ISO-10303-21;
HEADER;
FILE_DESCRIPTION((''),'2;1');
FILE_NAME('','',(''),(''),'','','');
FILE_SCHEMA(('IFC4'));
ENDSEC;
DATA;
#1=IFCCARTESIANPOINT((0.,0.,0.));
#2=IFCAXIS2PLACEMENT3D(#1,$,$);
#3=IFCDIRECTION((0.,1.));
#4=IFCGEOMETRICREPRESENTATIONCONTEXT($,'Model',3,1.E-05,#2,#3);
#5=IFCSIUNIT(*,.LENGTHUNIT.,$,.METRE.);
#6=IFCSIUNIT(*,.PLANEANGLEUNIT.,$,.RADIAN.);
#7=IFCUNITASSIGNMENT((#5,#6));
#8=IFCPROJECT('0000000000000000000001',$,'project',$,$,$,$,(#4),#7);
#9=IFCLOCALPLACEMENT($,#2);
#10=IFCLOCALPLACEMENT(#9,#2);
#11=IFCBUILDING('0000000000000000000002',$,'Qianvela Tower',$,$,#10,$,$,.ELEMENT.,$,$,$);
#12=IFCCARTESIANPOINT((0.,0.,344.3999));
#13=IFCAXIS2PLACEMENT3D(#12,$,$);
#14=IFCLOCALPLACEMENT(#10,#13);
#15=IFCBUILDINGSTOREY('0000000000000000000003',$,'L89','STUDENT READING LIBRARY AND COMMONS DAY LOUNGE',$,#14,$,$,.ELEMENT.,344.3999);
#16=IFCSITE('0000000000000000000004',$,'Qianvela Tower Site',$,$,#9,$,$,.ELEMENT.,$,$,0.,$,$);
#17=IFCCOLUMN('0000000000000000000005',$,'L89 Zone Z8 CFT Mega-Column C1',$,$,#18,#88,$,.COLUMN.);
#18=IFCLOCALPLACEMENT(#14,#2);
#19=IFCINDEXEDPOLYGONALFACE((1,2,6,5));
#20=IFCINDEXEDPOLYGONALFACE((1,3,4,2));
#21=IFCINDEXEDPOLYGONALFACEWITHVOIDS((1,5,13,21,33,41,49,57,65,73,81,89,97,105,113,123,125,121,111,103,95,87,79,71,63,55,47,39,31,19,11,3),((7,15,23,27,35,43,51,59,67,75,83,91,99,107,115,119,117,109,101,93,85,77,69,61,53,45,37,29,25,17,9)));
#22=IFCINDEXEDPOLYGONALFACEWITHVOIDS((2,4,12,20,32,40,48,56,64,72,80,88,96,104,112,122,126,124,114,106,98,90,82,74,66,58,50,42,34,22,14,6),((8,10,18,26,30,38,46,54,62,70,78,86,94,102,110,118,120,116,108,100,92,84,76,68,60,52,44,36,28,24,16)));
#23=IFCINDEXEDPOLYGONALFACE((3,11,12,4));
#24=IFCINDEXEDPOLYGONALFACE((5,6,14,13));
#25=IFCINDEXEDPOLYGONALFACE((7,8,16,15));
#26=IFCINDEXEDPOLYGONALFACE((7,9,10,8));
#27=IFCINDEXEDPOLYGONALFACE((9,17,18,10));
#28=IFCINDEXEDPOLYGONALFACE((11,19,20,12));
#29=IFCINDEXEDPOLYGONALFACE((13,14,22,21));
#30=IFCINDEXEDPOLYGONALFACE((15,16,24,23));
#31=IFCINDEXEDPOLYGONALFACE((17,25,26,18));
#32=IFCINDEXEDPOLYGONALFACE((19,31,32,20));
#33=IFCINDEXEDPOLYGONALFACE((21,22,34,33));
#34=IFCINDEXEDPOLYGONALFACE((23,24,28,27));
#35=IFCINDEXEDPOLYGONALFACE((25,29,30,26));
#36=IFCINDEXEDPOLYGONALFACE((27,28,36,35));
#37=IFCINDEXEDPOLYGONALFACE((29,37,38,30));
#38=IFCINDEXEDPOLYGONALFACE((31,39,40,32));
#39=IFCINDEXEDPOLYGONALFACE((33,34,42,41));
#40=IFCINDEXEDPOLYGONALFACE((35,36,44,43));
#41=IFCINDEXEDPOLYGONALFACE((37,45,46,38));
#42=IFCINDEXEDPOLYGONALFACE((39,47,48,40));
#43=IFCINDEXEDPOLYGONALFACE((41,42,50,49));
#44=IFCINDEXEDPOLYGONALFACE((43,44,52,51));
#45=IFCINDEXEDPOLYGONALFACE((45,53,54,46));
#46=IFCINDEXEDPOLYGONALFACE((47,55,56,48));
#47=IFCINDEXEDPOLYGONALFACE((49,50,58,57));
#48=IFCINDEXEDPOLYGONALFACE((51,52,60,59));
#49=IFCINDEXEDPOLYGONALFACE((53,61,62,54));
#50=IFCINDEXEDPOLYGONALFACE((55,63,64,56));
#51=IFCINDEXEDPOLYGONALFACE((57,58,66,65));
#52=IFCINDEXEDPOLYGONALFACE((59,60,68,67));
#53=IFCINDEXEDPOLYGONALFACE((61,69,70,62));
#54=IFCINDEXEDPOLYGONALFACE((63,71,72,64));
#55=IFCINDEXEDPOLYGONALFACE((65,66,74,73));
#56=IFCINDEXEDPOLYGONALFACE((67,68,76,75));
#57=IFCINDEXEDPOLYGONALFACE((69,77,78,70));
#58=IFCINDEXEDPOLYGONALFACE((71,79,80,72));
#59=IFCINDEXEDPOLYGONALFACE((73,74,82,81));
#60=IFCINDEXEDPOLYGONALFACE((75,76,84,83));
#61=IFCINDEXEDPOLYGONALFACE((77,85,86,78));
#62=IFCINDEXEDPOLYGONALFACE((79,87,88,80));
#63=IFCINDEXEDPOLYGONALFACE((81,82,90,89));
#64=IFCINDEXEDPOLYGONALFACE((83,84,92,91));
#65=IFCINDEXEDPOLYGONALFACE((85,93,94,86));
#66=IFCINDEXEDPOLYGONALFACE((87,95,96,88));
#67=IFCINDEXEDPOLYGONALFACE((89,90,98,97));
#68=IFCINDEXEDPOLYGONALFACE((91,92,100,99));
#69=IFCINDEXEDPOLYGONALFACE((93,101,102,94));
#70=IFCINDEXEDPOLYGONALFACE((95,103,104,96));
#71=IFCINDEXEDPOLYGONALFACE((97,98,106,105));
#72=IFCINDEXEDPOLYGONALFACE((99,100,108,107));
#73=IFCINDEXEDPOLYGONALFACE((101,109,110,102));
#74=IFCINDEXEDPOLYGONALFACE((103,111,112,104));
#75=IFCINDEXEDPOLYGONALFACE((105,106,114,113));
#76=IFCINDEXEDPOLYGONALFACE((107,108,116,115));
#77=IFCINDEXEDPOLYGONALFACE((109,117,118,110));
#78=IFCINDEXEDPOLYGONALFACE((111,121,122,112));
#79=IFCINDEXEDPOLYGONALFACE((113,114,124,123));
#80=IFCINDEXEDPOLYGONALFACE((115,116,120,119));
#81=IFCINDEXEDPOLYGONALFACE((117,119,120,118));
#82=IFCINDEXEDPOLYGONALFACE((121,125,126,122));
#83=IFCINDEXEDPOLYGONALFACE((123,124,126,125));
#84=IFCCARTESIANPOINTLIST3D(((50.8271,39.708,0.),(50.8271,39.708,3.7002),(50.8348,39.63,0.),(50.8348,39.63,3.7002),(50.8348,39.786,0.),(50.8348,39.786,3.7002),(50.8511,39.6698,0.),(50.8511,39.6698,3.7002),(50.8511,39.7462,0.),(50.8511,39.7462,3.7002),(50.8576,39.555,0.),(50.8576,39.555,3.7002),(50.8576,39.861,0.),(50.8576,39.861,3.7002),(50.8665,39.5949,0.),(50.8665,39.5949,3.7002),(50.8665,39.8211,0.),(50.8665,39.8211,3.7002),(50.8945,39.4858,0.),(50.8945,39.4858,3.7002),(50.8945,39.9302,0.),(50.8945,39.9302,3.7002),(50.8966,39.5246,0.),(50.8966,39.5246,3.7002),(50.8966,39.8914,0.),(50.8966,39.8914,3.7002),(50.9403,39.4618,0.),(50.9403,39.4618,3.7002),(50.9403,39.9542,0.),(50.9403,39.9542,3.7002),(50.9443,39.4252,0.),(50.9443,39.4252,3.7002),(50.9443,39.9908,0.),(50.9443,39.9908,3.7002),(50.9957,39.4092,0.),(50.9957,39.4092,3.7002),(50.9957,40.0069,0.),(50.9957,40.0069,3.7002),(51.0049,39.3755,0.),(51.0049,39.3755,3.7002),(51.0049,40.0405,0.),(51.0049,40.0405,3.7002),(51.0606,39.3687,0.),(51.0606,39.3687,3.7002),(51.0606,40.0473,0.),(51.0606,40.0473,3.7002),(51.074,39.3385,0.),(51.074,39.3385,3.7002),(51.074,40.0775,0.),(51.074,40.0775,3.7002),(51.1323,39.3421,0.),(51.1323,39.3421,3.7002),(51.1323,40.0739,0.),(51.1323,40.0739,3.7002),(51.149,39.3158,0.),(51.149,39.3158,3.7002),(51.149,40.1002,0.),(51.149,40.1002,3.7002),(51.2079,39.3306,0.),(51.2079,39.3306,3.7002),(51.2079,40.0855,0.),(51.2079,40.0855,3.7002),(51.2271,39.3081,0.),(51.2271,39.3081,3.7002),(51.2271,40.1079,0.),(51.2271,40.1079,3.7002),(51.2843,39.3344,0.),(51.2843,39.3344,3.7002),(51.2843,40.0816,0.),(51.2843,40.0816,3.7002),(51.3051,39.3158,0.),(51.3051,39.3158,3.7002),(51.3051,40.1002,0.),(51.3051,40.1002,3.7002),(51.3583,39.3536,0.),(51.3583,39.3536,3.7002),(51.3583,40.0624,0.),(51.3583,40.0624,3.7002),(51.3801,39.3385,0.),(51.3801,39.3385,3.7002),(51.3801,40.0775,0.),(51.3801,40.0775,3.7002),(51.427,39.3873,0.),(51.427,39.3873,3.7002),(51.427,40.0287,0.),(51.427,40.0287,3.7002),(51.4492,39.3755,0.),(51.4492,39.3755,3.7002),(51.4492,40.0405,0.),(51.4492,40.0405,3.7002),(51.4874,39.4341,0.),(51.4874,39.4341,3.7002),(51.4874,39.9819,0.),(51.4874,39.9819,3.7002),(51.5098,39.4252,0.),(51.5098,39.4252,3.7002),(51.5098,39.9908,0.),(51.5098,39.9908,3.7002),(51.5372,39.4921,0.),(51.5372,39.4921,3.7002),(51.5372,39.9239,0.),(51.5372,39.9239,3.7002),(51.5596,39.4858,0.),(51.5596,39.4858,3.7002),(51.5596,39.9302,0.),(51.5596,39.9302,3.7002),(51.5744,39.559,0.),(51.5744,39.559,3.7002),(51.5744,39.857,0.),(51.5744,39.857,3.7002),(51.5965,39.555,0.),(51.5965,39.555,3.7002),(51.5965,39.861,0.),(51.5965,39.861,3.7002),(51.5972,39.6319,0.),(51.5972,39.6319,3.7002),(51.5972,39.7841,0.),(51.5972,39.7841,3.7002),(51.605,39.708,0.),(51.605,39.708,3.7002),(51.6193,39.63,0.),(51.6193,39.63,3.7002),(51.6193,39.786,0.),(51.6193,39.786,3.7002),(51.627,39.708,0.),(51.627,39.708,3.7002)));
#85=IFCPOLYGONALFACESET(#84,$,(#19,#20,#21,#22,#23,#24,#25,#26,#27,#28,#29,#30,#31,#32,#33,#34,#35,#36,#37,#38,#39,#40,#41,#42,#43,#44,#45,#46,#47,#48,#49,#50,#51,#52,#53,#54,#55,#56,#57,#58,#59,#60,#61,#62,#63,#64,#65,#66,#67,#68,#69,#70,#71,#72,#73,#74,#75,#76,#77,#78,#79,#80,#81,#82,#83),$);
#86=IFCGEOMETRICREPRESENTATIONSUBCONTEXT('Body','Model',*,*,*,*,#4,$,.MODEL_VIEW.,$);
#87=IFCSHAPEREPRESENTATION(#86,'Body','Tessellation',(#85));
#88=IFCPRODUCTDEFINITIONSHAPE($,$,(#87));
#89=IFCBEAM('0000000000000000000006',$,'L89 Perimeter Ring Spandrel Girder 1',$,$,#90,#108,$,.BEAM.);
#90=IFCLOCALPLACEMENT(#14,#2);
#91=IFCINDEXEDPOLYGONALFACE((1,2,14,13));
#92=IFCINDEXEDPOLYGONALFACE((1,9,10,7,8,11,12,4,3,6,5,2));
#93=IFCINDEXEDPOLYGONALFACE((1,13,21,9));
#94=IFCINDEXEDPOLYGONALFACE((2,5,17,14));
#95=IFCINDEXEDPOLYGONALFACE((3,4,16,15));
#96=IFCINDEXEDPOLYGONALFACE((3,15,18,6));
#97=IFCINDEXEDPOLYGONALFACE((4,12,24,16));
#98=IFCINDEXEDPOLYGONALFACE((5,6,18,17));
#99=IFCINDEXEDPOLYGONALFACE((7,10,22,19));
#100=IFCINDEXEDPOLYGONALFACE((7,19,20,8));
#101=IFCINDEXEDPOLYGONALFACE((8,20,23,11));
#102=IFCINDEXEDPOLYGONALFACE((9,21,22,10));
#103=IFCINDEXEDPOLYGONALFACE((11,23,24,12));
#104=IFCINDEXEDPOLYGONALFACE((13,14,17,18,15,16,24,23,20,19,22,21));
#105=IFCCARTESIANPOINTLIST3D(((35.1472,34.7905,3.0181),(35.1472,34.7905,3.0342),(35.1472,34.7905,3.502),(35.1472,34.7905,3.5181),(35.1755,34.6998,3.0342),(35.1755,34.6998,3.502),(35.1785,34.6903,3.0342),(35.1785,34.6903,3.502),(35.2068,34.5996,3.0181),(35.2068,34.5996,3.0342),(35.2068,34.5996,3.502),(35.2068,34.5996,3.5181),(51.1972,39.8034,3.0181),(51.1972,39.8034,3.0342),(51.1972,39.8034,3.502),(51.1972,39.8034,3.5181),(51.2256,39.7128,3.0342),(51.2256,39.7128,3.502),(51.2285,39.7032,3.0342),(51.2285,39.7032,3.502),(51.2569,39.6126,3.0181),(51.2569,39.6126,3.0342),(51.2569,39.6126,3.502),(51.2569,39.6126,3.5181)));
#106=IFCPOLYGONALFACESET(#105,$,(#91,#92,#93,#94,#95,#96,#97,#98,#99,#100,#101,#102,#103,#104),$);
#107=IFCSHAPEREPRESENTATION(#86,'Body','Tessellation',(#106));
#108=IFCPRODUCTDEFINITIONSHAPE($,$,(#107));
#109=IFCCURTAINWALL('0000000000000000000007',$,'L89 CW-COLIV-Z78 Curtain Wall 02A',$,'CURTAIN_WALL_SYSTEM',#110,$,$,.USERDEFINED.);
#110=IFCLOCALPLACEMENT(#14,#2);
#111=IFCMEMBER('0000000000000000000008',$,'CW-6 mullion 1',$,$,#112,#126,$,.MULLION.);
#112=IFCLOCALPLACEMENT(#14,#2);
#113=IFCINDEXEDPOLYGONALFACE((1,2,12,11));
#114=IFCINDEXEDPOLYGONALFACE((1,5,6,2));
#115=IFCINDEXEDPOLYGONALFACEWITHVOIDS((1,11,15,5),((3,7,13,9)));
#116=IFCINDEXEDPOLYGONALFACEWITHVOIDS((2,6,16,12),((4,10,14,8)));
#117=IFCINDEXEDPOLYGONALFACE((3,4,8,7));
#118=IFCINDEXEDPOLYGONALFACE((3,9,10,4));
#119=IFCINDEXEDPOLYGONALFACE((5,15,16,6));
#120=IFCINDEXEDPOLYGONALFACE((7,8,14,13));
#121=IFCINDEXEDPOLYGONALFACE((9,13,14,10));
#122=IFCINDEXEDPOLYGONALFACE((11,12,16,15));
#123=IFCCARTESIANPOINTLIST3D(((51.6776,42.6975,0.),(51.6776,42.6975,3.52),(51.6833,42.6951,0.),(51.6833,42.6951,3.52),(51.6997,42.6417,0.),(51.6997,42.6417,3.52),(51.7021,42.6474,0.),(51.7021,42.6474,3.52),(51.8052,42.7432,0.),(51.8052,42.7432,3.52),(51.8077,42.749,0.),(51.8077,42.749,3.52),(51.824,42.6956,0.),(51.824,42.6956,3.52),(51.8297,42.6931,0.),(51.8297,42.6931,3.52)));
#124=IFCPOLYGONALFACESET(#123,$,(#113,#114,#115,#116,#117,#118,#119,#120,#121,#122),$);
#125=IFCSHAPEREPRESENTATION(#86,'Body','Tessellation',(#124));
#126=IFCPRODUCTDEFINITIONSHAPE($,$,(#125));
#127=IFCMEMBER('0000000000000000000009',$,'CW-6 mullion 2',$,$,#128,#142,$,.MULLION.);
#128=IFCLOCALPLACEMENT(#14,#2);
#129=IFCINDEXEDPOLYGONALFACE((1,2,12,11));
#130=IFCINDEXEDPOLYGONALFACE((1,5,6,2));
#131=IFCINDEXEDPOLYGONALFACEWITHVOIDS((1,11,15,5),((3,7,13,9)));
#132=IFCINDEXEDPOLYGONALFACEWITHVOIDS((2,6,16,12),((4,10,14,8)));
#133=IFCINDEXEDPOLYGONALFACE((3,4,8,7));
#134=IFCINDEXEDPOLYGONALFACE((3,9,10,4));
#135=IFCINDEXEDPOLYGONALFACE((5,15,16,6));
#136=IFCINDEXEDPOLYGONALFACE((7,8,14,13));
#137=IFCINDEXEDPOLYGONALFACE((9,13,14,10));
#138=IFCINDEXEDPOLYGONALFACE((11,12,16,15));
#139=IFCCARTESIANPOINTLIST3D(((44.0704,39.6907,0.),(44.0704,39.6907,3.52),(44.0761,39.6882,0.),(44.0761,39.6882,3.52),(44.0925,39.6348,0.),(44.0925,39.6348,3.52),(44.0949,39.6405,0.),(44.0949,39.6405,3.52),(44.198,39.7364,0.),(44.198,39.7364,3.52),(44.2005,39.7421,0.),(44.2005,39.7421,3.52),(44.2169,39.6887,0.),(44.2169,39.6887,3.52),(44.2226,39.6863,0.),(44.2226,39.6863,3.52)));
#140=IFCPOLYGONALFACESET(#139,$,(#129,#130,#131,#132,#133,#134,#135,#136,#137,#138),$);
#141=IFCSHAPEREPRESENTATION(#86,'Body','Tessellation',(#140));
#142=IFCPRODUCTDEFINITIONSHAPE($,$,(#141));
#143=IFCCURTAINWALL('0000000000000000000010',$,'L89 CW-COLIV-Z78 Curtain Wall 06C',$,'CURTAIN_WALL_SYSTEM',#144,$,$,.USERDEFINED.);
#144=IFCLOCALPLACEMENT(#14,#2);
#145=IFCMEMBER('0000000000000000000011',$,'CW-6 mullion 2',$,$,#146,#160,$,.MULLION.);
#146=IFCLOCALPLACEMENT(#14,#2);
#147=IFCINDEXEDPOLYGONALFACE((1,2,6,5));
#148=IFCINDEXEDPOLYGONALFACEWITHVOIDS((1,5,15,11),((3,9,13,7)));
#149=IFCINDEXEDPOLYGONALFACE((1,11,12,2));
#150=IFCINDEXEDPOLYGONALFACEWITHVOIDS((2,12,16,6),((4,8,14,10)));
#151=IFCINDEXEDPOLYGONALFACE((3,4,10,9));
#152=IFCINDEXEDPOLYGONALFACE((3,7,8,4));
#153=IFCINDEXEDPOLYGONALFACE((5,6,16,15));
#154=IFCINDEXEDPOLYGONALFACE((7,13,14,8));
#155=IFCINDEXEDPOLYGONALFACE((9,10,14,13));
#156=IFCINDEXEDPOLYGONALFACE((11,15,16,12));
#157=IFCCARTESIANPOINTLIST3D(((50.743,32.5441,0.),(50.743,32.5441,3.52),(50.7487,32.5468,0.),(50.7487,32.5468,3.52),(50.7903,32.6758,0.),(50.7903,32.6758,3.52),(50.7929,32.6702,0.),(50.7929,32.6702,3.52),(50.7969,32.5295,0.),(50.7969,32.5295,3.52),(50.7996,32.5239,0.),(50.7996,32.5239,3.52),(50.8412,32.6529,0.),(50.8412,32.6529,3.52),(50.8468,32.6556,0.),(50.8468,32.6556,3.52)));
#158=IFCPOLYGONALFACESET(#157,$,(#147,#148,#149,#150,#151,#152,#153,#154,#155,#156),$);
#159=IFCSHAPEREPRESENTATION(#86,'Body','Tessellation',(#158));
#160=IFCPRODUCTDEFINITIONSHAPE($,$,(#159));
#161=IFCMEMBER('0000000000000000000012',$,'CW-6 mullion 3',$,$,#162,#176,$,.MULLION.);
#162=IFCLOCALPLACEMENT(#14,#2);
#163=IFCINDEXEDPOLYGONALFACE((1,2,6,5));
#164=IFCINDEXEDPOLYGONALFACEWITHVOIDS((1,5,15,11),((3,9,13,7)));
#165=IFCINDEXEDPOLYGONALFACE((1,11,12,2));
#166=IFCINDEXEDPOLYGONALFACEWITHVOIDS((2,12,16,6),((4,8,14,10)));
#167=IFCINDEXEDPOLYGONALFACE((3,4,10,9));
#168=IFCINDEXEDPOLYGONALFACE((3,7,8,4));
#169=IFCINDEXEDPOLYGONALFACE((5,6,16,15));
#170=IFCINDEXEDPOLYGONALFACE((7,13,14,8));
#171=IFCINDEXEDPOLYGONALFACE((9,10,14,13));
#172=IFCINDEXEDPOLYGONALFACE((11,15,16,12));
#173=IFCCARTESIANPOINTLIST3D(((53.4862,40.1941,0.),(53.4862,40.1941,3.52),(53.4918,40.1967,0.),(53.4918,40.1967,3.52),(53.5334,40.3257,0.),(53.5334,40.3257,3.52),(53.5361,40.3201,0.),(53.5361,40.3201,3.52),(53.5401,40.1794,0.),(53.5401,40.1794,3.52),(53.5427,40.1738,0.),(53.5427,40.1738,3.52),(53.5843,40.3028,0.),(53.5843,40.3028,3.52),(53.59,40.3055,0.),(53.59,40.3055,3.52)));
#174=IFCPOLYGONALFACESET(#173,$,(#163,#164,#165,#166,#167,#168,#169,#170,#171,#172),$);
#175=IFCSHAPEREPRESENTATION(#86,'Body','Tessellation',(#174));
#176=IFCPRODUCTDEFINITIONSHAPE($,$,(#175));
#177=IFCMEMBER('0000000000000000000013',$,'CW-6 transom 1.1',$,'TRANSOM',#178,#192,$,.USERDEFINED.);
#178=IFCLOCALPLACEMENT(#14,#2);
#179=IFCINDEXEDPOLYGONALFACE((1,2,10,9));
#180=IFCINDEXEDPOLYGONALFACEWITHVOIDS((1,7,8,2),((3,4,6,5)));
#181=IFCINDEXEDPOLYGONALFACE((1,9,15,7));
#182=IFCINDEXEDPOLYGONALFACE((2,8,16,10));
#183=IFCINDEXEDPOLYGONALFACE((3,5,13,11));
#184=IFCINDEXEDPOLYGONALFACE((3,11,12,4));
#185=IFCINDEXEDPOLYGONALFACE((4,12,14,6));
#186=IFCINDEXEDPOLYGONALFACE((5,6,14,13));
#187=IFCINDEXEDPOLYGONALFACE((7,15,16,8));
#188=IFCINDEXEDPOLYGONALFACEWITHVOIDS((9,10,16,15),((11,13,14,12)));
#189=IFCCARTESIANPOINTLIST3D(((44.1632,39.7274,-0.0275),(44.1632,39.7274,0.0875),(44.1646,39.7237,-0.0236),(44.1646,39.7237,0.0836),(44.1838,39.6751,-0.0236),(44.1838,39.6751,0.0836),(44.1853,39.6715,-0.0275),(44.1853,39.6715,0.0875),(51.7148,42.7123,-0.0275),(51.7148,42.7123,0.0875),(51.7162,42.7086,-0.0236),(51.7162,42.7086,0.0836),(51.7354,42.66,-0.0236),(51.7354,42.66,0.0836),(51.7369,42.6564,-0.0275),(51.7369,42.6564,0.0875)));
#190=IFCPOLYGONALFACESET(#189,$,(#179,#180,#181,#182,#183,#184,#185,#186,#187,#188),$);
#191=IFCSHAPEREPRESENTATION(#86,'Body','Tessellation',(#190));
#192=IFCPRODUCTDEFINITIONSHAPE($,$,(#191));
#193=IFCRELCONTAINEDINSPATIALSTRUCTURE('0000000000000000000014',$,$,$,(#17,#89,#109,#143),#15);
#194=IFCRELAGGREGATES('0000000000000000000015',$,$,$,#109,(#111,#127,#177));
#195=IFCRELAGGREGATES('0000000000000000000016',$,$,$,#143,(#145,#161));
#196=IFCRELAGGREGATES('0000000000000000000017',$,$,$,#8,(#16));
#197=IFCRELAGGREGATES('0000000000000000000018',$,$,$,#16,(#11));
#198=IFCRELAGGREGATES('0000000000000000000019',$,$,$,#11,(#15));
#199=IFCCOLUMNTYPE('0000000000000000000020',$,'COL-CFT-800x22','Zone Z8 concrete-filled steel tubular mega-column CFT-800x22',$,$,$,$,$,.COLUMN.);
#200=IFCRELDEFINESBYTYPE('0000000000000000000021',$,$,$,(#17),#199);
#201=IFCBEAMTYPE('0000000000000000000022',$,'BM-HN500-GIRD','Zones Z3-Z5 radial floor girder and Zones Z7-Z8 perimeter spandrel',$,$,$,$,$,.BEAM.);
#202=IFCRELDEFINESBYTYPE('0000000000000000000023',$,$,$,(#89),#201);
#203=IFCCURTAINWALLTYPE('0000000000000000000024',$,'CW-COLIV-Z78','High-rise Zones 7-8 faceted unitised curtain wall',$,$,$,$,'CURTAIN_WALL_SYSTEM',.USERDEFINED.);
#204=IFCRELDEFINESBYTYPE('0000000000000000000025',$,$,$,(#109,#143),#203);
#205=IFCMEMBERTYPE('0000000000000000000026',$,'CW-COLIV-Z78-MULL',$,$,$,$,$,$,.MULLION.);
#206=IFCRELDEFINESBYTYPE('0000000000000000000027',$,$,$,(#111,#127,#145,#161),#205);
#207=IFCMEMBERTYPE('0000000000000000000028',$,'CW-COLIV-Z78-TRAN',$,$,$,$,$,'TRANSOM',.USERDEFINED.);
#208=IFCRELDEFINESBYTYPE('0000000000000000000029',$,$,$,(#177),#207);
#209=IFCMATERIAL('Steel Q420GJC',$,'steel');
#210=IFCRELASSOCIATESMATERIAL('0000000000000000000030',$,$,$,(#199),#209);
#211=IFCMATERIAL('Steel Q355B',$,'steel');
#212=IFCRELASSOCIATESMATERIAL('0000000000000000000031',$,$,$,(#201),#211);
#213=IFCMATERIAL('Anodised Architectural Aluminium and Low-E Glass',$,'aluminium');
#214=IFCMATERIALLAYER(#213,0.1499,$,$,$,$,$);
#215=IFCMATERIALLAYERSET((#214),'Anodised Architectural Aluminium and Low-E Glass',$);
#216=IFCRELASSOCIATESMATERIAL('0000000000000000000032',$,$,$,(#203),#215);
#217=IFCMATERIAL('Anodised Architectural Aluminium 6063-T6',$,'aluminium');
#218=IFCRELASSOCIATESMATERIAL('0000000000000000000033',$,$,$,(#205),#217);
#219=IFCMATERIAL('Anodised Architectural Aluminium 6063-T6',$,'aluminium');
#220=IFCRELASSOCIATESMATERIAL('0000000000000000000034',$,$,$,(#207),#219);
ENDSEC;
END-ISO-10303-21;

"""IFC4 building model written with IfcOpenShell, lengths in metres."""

from ifc_helpers import new_model, si_unit, direction, frame, origin, origin_2d, place, context, subcontext, project, spatial, hollow_rectangle, hollow_circle, i_section, extrude, material, layer, layer_set, material_profile, profile_set, type_object, element, aggregate, save


model = new_model("IFC4")

# Units and contexts
model_context = context("Model", 3, precision=1e-05, world=origin(), true_north=direction((0.0, 1.0)))
body_context = subcontext(model_context, "Body", "Model", "MODEL_VIEW")
ifc_project = project(units=[si_unit("LENGTHUNIT", "METRE"), si_unit("PLANEANGLEUNIT", "RADIAN")], contexts=[model_context])

# Site, building, storey
site_placement = place(None, origin())
site = spatial("IfcSite", under=ifc_project, at=site_placement, Name="Qianvela Tower Site", CompositionType="ELEMENT", RefElevation=0.0)
building_placement = place(site_placement, origin())
building = spatial("IfcBuilding", under=site, at=building_placement, Name="Qianvela Tower", CompositionType="ELEMENT")
storey_placement = place(building_placement, frame((0.0, 0.0, 344.3999)))
storey = spatial("IfcBuildingStorey", under=building, at=storey_placement, Name="L89", Description="STUDENT READING LIBRARY AND COMMONS DAY LOUNGE", CompositionType="ELEMENT", Elevation=344.3999)

# Column
ifc_material_1 = material(Name="Steel Q420GJC", Category="steel")
ifc_material_profile_1 = material_profile(ifc_material_1, hollow_circle(Radius=0.3999, WallThickness=0.022, at=origin_2d()), Name="CFT-800x22")
ifc_profile_set_1 = profile_set([ifc_material_profile_1], Name="Steel Q420GJC")
column_type = type_object("IfcColumnType", Name="COL-CFT-800x22", Description="Zone Z8 concrete-filled steel tubular mega-column CFT-800x22", PredefinedType="COLUMN", material=ifc_profile_set_1)
column_placement = place(storey_placement, frame((51.2271, 39.708, 0.0), z_axis=(0.0, 0.0, 1.0), x_axis=(1.0, 0.0, 0.0)))
element("IfcColumn", 1, at=column_placement, inside=storey, type_object=column_type, Name="L89 Zone Z8 CFT Mega-Column C1", PredefinedType="COLUMN", context=body_context, shape_type="SweptSolid", body=[
    extrude(hollow_circle(Radius=0.3999, WallThickness=0.022, at=origin_2d()), origin(), (0.0, 0.0, 1.0), 3.7002),
])

# Beam
ifc_material_2 = material(Name="Steel Q355B", Category="steel")
ifc_material_profile_2 = material_profile(ifc_material_2, i_section(OverallWidth=0.2, OverallDepth=0.5, WebThickness=0.01, FlangeThickness=0.0161, at=origin_2d()), Name="HN500x200x10x16")
ifc_profile_set_2 = profile_set([ifc_material_profile_2], Name="Steel Q355B")
beam_type = type_object("IfcBeamType", Name="BM-HN500-GIRD", Description="Zones Z3-Z5 radial floor girder and Zones Z7-Z8 perimeter spandrel", PredefinedType="BEAM", material=ifc_profile_set_2)
beam_placement = place(storey_placement, frame((51.2271, 39.708, 3.2681), z_axis=(-0.954526, -0.298129, 0.0), x_axis=(0.298129, -0.954526, 0.0)))
element("IfcBeam", 2, at=beam_placement, inside=storey, type_object=beam_type, Name="L89 Perimeter Ring Spandrel Girder 1", PredefinedType="BEAM", context=body_context, shape_type="SweptSolid", body=[
    extrude(i_section(OverallWidth=0.2, OverallDepth=0.5, WebThickness=0.01, FlangeThickness=0.0161, at=origin_2d()), origin(), (0.0, 0.0, 1.0), 16.8147),
])

# Curtain walls, members
ifc_material_3 = material(Name="Anodised Architectural Aluminium and Low-E Glass", Category="aluminium")
ifc_layer_1 = layer(ifc_material_3, 0.1499)
ifc_layer_set_1 = layer_set([ifc_layer_1], Name="Anodised Architectural Aluminium and Low-E Glass")
curtain_wall_type = type_object("IfcCurtainWallType", Name="CW-COLIV-Z78", Description="High-rise Zones 7-8 faceted unitised curtain wall", ElementType="CURTAIN_WALL_SYSTEM", PredefinedType="USERDEFINED", material=ifc_layer_set_1)
curtain_wall_1_placement = place(storey_placement, origin())
curtain_wall_1 = element("IfcCurtainWall", 3, at=curtain_wall_1_placement, inside=storey, type_object=curtain_wall_type, Name="L89 CW-COLIV-Z78 Curtain Wall 02A", ObjectType="CURTAIN_WALL_SYSTEM", PredefinedType="USERDEFINED")
ifc_material_4 = material(Name="Anodised Architectural Aluminium 6063-T6", Category="aluminium")
ifc_material_profile_3 = material_profile(ifc_material_4, hollow_rectangle(XDim=0.0601, YDim=0.1399, WallThickness=0.0044, at=origin_2d()), Name="ALU-MULL-60x140")
ifc_profile_set_3 = profile_set([ifc_material_profile_3], Name="Anodised Architectural Aluminium 6063-T6")
member_type_1 = type_object("IfcMemberType", Name="CW-COLIV-Z78-MULL", PredefinedType="MULLION", material=ifc_profile_set_3)
member_1_placement = place(storey_placement, frame((51.7537, 42.6953, 0.0), z_axis=(0.0, 0.0, 1.0), x_axis=(0.367589, -0.929989, 0.0)))
member_1 = element("IfcMember", 4, at=member_1_placement, type_object=member_type_1, Name="CW-6 mullion 1", PredefinedType="MULLION", context=body_context, shape_type="SweptSolid", body=[
    extrude(hollow_rectangle(XDim=0.0601, YDim=0.1399, WallThickness=0.0044, at=origin_2d()), origin(), (0.0, 0.0, 1.0), 3.52),
])
member_2_placement = place(storey_placement, frame((44.1465, 39.6885, 0.0), z_axis=(0.0, 0.0, 1.0), x_axis=(0.367589, -0.929989, 0.0)))
member_2 = element("IfcMember", 5, at=member_2_placement, type_object=member_type_1, Name="CW-6 mullion 2", PredefinedType="MULLION", context=body_context, shape_type="SweptSolid", body=[
    extrude(hollow_rectangle(XDim=0.0601, YDim=0.1399, WallThickness=0.0044, at=origin_2d()), origin(), (0.0, 0.0, 1.0), 3.52),
])
curtain_wall_2_placement = place(storey_placement, origin())
curtain_wall_2 = element("IfcCurtainWall", 6, at=curtain_wall_2_placement, inside=storey, type_object=curtain_wall_type, Name="L89 CW-COLIV-Z78 Curtain Wall 06C", ObjectType="CURTAIN_WALL_SYSTEM", PredefinedType="USERDEFINED")
member_3_placement = place(storey_placement, frame((50.7949, 32.5999, 0.0), z_axis=(0.0, 0.0, 1.0), x_axis=(-0.941312, 0.337538, 0.0)))
member_3 = element("IfcMember", 7, at=member_3_placement, type_object=member_type_1, Name="CW-6 mullion 2", PredefinedType="MULLION", context=body_context, shape_type="SweptSolid", body=[
    extrude(hollow_rectangle(XDim=0.0601, YDim=0.1399, WallThickness=0.0044, at=origin_2d()), origin(), (0.0, 0.0, 1.0), 3.52),
])
member_4_placement = place(storey_placement, frame((53.5381, 40.2498, 0.0), z_axis=(0.0, 0.0, 1.0), x_axis=(-0.941312, 0.337538, 0.0)))
member_4 = element("IfcMember", 8, at=member_4_placement, type_object=member_type_1, Name="CW-6 mullion 3", PredefinedType="MULLION", context=body_context, shape_type="SweptSolid", body=[
    extrude(hollow_rectangle(XDim=0.0601, YDim=0.1399, WallThickness=0.0044, at=origin_2d()), origin(), (0.0, 0.0, 1.0), 3.52),
])

# Member
ifc_material_5 = material(Name="Anodised Architectural Aluminium 6063-T6", Category="aluminium")
ifc_material_profile_4 = material_profile(ifc_material_5, hollow_rectangle(XDim=0.0601, YDim=0.115, WallThickness=0.0039, at=origin_2d()), Name="ALU-TRAN-60x115")
ifc_profile_set_4 = profile_set([ifc_material_profile_4], Name="Anodised Architectural Aluminium 6063-T6")
member_type_2 = type_object("IfcMemberType", Name="CW-COLIV-Z78-TRAN", ElementType="TRANSOM", PredefinedType="USERDEFINED", material=ifc_profile_set_4)
member_5_placement = place(storey_placement, frame((51.7258, 42.6843, 0.03), z_axis=(-0.929987, -0.367593, 0.0), x_axis=(0.367593, -0.929987, 0.0)))
member_5 = element("IfcMember", 9, at=member_5_placement, type_object=member_type_2, Name="CW-6 transom 1.1", ObjectType="TRANSOM", PredefinedType="USERDEFINED", context=body_context, shape_type="SweptSolid", body=[
    extrude(hollow_rectangle(XDim=0.0601, YDim=0.115, WallThickness=0.0039, at=origin_2d()), origin(), (0.0, 0.0, 1.0), 8.1201),
])

aggregate(curtain_wall_1, [member_1, member_2, member_5])
aggregate(curtain_wall_2, [member_3, member_4])

save(model, "model.ifc")
